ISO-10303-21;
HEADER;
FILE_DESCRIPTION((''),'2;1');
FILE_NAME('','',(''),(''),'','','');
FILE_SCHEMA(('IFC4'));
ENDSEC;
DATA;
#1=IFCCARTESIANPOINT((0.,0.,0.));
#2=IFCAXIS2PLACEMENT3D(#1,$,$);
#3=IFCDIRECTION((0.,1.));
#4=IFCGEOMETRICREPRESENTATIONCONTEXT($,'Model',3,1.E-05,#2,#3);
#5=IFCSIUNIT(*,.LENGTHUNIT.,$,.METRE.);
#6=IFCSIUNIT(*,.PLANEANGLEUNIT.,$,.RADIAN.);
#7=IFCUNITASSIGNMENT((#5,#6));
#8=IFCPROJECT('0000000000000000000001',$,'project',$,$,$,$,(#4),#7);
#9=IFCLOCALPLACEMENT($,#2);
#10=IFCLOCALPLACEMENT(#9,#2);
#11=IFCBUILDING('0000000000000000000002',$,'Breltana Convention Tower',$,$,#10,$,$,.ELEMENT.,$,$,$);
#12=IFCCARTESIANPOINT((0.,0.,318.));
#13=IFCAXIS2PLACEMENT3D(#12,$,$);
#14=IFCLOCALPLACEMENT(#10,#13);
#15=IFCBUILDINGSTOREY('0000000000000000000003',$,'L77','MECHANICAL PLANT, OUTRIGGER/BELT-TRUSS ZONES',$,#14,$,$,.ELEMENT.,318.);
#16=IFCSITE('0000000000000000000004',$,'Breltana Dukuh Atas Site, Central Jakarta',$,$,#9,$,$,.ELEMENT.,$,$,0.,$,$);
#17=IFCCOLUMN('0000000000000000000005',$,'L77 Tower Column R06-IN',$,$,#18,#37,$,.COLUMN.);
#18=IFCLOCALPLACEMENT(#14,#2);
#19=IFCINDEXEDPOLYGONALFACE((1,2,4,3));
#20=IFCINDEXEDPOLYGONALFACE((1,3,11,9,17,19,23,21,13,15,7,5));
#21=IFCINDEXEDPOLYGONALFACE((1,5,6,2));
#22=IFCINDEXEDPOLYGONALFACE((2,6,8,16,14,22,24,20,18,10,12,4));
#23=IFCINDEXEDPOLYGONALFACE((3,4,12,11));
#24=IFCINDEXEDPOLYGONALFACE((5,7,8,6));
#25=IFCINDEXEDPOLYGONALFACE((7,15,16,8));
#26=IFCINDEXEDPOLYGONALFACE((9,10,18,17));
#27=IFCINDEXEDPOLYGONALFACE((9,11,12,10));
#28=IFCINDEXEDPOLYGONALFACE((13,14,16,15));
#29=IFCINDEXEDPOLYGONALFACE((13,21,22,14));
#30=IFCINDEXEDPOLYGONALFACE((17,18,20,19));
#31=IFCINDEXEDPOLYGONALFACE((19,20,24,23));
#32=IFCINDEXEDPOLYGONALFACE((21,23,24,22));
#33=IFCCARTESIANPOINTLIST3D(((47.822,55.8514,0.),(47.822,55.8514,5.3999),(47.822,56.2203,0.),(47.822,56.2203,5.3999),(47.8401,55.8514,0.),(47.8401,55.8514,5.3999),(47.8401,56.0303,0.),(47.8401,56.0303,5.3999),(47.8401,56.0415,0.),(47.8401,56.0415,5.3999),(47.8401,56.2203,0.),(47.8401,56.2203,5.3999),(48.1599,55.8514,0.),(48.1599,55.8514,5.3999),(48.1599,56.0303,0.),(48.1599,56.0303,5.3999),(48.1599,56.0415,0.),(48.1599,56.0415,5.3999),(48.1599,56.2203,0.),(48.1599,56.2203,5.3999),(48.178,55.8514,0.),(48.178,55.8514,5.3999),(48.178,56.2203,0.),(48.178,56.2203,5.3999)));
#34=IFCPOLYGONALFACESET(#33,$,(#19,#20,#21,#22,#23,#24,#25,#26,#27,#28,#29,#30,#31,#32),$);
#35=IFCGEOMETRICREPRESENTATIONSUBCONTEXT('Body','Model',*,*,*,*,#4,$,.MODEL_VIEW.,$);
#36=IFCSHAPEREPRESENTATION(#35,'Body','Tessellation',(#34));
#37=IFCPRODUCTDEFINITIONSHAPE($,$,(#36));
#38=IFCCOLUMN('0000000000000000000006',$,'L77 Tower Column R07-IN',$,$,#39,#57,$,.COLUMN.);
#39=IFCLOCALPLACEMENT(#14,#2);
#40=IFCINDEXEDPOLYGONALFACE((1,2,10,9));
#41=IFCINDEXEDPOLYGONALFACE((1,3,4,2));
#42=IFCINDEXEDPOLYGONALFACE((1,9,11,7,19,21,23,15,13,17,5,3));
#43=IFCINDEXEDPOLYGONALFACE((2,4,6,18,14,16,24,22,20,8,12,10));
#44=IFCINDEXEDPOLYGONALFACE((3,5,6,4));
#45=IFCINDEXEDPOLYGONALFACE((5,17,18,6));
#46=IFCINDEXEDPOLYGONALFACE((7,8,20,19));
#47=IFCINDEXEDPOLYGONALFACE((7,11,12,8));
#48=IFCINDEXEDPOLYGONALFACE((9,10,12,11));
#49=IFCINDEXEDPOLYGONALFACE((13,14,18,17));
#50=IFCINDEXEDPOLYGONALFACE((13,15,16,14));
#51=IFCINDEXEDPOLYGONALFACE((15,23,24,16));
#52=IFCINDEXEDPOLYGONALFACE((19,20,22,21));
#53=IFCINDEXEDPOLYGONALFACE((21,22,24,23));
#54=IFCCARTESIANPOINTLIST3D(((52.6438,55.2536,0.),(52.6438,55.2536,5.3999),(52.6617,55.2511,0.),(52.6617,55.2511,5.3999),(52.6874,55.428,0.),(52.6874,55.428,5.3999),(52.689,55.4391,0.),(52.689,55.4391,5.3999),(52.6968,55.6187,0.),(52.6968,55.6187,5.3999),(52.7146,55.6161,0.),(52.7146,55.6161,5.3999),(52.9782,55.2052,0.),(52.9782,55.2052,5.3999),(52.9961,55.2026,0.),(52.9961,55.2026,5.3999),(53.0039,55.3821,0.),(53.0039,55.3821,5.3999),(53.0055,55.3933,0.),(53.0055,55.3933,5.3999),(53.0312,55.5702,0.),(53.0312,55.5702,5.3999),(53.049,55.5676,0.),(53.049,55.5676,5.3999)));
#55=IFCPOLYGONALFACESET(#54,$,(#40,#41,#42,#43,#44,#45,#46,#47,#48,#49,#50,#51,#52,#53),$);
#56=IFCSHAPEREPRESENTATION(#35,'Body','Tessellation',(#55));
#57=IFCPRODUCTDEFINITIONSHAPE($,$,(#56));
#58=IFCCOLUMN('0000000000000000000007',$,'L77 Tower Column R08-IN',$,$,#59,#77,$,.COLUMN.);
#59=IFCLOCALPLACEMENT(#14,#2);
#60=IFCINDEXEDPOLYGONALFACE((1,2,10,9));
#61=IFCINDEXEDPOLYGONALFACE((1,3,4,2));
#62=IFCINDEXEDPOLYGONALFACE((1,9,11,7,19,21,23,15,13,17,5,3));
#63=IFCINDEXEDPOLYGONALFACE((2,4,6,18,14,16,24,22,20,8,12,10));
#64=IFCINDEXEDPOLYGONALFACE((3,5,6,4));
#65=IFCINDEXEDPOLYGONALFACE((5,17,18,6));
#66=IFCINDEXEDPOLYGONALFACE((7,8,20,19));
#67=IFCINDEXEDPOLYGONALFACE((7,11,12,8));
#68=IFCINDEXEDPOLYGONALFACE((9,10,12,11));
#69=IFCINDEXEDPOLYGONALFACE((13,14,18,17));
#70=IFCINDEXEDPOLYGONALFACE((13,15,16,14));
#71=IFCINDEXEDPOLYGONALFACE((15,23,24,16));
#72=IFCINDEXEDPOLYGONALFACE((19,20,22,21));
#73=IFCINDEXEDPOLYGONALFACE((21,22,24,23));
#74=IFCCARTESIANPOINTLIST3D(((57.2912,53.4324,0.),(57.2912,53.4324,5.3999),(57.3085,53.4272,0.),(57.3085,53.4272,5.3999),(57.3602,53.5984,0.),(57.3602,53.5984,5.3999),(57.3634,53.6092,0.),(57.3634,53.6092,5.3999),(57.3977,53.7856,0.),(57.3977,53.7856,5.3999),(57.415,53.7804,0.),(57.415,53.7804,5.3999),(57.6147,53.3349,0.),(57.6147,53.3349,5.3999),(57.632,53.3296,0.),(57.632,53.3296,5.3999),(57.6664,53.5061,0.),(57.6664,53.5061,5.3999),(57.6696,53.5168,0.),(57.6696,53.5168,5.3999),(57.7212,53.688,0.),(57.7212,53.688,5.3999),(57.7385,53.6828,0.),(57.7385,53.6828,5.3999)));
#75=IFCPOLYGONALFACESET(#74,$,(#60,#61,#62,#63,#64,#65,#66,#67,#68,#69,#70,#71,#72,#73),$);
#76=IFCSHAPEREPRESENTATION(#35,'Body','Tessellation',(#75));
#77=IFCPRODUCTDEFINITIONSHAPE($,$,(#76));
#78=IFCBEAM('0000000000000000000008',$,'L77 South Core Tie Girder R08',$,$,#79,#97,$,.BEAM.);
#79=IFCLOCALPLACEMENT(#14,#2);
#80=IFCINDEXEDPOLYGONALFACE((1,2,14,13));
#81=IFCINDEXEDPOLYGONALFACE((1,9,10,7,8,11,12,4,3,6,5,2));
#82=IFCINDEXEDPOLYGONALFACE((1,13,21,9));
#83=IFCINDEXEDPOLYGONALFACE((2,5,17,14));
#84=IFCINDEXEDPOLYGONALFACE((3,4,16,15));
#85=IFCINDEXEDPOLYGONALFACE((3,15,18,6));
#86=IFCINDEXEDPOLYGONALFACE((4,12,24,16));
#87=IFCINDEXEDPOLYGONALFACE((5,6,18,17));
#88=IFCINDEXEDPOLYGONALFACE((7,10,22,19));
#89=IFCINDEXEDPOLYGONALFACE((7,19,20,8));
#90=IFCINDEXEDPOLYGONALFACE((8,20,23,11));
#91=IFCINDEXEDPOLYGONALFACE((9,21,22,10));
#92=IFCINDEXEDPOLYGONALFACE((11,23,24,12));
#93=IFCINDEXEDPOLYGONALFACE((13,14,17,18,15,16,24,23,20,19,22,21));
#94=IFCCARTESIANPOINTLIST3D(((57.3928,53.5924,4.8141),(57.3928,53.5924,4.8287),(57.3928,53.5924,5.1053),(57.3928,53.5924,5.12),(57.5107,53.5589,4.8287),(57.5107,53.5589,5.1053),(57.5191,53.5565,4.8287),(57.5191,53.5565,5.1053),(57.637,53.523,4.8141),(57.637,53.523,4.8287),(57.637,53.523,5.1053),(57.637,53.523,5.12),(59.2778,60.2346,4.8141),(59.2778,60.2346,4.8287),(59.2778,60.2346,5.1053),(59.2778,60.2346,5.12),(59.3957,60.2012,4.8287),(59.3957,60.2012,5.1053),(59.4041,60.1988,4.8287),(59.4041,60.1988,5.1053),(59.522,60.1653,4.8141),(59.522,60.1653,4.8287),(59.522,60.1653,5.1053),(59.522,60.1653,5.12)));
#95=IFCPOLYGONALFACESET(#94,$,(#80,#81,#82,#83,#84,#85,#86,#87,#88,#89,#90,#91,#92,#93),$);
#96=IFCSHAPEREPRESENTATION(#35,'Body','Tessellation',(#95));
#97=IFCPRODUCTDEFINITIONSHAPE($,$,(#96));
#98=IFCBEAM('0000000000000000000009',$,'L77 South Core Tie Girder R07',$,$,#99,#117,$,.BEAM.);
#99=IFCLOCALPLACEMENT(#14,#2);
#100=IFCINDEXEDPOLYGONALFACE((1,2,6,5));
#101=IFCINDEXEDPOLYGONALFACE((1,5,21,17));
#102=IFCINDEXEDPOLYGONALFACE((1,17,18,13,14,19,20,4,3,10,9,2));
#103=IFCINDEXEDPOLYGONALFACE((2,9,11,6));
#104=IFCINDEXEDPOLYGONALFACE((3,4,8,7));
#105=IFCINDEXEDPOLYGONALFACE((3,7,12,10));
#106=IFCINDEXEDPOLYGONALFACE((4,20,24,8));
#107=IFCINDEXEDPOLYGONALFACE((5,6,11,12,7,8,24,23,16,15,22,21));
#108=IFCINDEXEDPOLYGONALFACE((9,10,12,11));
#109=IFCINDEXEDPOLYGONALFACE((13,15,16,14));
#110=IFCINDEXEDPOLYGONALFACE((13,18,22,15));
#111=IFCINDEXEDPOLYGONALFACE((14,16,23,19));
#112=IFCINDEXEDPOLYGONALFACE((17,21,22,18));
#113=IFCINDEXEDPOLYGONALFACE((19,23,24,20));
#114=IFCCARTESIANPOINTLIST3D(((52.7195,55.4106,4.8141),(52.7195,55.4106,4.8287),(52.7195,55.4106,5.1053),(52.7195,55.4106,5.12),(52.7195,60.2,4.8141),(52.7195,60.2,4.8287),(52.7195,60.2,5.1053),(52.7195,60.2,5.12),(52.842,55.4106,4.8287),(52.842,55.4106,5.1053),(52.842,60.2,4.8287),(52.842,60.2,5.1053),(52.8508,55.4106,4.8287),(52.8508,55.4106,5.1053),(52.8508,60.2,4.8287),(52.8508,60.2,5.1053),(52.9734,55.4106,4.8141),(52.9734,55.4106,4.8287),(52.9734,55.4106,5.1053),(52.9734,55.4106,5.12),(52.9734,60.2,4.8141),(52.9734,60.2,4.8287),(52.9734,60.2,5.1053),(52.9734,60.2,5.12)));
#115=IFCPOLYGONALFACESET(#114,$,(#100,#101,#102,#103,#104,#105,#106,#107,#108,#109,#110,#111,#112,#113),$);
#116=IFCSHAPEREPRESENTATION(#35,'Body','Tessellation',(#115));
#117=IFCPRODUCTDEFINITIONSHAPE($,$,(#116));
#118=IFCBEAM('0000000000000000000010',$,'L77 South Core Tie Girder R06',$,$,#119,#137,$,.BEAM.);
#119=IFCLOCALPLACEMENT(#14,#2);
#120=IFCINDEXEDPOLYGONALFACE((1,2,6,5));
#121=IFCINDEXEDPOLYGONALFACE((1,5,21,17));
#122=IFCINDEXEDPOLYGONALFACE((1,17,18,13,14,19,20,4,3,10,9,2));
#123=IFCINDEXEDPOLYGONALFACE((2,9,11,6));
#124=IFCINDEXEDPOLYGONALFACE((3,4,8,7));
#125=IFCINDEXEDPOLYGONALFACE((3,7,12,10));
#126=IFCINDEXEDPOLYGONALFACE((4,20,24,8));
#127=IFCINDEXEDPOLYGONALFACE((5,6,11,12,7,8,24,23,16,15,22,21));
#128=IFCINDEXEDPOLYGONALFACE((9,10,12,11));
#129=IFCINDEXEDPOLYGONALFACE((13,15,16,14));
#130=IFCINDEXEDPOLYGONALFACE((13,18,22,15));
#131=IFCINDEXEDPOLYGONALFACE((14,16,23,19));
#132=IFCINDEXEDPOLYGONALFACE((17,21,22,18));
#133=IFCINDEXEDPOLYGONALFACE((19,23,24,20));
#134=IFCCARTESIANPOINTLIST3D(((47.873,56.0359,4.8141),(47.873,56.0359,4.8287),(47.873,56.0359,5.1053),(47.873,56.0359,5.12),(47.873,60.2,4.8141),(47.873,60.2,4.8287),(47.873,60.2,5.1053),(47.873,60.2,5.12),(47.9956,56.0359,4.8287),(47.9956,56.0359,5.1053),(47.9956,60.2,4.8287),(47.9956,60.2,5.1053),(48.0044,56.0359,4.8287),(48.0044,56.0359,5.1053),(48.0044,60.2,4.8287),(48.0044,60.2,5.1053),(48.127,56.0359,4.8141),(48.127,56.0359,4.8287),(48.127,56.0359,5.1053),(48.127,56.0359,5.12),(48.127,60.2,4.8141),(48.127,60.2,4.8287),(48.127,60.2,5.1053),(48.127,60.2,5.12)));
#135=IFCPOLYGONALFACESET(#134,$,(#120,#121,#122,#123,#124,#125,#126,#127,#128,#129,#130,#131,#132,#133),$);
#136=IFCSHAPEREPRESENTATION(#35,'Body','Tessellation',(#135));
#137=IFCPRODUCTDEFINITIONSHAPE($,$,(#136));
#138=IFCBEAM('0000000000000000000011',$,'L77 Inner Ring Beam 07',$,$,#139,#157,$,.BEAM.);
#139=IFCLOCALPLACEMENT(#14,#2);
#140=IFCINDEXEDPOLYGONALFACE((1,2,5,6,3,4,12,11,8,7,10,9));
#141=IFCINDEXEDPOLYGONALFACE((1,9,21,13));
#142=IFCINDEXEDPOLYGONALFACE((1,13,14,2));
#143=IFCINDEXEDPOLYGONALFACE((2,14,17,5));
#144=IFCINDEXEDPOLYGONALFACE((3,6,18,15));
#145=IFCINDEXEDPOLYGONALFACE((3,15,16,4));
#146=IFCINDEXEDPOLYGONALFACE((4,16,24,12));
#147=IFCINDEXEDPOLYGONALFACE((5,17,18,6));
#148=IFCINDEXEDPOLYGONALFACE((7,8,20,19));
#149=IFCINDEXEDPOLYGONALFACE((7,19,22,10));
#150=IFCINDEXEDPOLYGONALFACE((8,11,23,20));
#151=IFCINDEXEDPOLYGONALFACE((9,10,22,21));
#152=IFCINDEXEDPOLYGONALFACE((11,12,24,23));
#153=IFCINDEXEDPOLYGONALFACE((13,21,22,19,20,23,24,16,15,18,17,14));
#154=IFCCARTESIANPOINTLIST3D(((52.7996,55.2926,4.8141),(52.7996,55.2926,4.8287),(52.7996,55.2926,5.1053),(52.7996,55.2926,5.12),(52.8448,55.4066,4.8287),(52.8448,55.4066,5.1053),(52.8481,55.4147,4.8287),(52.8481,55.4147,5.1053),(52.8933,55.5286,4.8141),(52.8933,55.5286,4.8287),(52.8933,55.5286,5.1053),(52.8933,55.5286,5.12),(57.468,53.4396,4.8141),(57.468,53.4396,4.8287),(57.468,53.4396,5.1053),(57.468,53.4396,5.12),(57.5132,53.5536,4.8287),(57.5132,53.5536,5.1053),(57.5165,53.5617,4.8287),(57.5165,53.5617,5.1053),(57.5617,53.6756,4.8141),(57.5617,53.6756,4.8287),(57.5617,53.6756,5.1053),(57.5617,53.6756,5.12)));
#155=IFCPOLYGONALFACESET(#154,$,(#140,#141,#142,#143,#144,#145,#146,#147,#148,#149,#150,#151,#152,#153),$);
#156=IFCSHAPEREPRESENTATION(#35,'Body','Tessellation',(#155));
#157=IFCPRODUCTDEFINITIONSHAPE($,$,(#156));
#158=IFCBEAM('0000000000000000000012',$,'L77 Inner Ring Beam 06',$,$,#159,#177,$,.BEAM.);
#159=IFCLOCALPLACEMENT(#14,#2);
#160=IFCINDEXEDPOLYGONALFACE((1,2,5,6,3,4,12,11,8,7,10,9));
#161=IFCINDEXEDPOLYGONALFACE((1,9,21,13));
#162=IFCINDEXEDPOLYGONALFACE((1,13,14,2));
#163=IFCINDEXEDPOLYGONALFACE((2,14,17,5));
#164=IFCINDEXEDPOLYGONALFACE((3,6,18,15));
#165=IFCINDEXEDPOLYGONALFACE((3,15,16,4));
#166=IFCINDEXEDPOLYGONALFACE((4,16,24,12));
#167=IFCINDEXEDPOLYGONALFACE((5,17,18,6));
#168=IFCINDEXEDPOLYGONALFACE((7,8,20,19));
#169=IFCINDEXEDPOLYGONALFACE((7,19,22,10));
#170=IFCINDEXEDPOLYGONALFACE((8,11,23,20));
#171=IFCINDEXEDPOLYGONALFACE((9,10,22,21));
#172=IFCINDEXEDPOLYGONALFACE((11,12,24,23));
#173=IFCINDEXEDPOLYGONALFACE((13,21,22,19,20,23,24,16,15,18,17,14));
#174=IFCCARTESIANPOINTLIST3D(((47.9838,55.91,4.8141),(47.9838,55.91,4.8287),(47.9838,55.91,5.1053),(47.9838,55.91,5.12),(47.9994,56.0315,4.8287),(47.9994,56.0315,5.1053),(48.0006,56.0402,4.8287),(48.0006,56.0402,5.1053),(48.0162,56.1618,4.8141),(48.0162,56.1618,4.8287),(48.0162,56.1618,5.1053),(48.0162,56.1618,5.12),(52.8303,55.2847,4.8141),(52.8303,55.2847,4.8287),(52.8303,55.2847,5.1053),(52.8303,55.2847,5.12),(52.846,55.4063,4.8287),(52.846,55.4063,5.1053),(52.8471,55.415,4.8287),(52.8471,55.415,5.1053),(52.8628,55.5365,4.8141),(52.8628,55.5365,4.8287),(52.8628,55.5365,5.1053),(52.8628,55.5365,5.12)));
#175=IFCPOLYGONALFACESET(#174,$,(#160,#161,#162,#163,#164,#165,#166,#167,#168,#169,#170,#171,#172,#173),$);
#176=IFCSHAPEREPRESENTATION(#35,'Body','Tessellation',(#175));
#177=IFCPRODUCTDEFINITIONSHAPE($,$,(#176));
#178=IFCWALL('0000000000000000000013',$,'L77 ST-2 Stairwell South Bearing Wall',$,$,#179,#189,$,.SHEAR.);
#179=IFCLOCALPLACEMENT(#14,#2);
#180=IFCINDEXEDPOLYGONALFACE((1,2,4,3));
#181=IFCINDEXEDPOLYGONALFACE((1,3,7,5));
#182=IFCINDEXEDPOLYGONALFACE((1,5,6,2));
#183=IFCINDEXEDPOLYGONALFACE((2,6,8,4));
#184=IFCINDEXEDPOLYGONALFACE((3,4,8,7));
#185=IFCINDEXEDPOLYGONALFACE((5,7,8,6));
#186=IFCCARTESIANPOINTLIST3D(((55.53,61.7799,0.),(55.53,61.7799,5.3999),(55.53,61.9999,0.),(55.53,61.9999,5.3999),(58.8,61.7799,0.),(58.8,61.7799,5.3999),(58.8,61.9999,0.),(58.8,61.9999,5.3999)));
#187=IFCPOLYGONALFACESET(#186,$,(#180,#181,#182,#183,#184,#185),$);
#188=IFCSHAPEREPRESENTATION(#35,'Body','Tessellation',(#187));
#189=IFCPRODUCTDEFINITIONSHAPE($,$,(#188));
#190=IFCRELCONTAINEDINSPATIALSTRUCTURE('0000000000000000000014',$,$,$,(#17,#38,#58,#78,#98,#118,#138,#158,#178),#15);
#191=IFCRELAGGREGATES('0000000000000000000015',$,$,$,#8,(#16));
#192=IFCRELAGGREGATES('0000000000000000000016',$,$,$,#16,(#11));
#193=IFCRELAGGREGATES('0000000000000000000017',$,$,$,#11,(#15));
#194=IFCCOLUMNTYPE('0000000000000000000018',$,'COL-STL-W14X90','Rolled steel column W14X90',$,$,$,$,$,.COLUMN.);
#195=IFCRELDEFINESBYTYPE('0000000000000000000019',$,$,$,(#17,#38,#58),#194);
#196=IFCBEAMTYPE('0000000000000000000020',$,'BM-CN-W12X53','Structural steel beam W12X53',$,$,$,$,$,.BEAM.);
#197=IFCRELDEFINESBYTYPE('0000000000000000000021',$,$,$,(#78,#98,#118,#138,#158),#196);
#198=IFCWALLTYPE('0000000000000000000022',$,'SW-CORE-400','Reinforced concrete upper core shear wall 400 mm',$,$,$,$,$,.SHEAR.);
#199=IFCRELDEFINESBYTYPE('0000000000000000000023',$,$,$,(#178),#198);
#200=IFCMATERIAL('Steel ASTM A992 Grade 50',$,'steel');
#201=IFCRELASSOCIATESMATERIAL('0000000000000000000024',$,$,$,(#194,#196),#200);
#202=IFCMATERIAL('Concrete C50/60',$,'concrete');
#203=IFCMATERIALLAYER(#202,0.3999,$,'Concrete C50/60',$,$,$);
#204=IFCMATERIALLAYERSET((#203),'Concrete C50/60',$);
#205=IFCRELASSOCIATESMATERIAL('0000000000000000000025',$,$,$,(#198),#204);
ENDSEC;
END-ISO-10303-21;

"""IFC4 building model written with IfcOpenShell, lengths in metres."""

from ifc_helpers import new_model, si_unit, direction, frame, frame_2d, origin, origin_2d, place, context, subcontext, project, spatial, rectangle, i_section, extrude, source, transform, mapped, material, layer, layer_set, material_profile, profile_set, type_object, element, save


model = new_model("IFC4")

# Units and contexts
model_context = context("Model", 3, precision=1e-05, world=origin(), true_north=direction((0.0, 1.0)))
body_context = subcontext(model_context, "Body", "Model", "MODEL_VIEW")
ifc_project = project(units=[si_unit("LENGTHUNIT", "METRE"), si_unit("PLANEANGLEUNIT", "RADIAN")], contexts=[model_context])

# Site, building, storey
site_placement = place(None, origin())
site = spatial("IfcSite", under=ifc_project, at=site_placement, Name="Breltana Dukuh Atas Site, Central Jakarta", CompositionType="ELEMENT", RefElevation=0.0)
building_placement = place(site_placement, origin())
building = spatial("IfcBuilding", under=site, at=building_placement, Name="Breltana Convention Tower", CompositionType="ELEMENT")
storey_placement = place(building_placement, frame((0.0, 0.0, 318.0)))
storey = spatial("IfcBuildingStorey", under=building, at=storey_placement, Name="L77", Description="MECHANICAL PLANT, OUTRIGGER/BELT-TRUSS ZONES", CompositionType="ELEMENT", Elevation=318.0)

# Columns
ifc_material_1 = material(Name="Steel ASTM A992 Grade 50", Category="steel")
ifc_material_profile_1 = material_profile(ifc_material_1, i_section(OverallWidth=0.3689, OverallDepth=0.356, WebThickness=0.0112, FlangeThickness=0.0181, at=origin_2d()), Name="W14X90")
ifc_profile_set_1 = profile_set([ifc_material_profile_1], Name="Steel ASTM A992 Grade 50")
column_type = type_object("IfcColumnType", Name="COL-STL-W14X90", Description="Rolled steel column W14X90", PredefinedType="COLUMN", material=ifc_profile_set_1)
shared_shape_1 = source(origin(), body_context, "Body", "SweptSolid", [
    extrude(i_section(OverallWidth=0.3689, OverallDepth=0.356, WebThickness=0.0112, FlangeThickness=0.0181, at=origin_2d()), origin(), (0.0, 0.0, 1.0), 5.3999),
])
for number, where, z_axis, x_axis, name in (
    (1, (48.0, 56.0359, 0.0), (0.0, 0.0, 1.0), (0.0, 1.0, 0.0), "L77 Tower Column R06-IN"),
    (2, (52.8464, 55.4106, 0.0), (0.0, 0.0, 1.0), (0.143493, 0.989651, 0.0), "L77 Tower Column R07-IN"),
    (3, (57.5149, 53.5576, 0.0), (0.0, 0.0, 1.0), (0.288698, 0.95742, 0.0), "L77 Tower Column R08-IN"),
):
    element("IfcColumn", number, at=place(storey_placement, frame(where, z_axis=z_axis, x_axis=x_axis)), inside=storey, type_object=column_type, Name=name, PredefinedType="COLUMN", context=body_context, shape_type="MappedRepresentation", body=[
        mapped(shared_shape_1, transform((0.0, 0.0, 0.0), scale=1.0)),
    ])

# Beams
ifc_material_profile_2 = material_profile(ifc_material_1, i_section(OverallWidth=0.2539, OverallDepth=0.3059, WebThickness=0.0088, FlangeThickness=0.0146, at=origin_2d()), Name="W12X53")
ifc_profile_set_2 = profile_set([ifc_material_profile_2], Name="Steel ASTM A992 Grade 50")
beam_type = type_object("IfcBeamType", Name="BM-CN-W12X53", Description="Structural steel beam W12X53", PredefinedType="BEAM", material=ifc_profile_set_2)
shared_shape_2 = source(origin(), body_context, "Body", "SweptSolid", [
    extrude(i_section(OverallWidth=0.2539, OverallDepth=0.3059, WebThickness=0.0088, FlangeThickness=0.0146, at=origin_2d()), origin(), (0.0, 0.0, 1.0), 6.9045),
])
beam_1_placement = place(storey_placement, frame((59.3999, 60.2, 4.967), z_axis=(-0.273007, -0.962012, 0.0), x_axis=(0.962012, -0.273007, 0.0)))
element("IfcBeam", 4, at=beam_1_placement, inside=storey, type_object=beam_type, Name="L77 South Core Tie Girder R08", PredefinedType="BEAM", context=body_context, shape_type="MappedRepresentation", body=[
    mapped(shared_shape_2, transform((0.0, 0.0, 0.0), scale=1.0)),
])
shared_shape_3 = source(origin(), body_context, "Body", "SweptSolid", [
    extrude(i_section(OverallWidth=0.2539, OverallDepth=0.3059, WebThickness=0.0088, FlangeThickness=0.0146, at=origin_2d()), origin(), (0.0, 0.0, 1.0), 4.7893),
])
beam_2_placement = place(storey_placement, frame((52.8464, 60.2, 4.967), z_axis=(0.0, -1.0, 0.0), x_axis=(1.0, 0.0, 0.0)))
element("IfcBeam", 5, at=beam_2_placement, inside=storey, type_object=beam_type, Name="L77 South Core Tie Girder R07", PredefinedType="BEAM", context=body_context, shape_type="MappedRepresentation", body=[
    mapped(shared_shape_3, transform((0.0, 0.0, 0.0), scale=1.0)),
])
shared_shape_4 = source(origin(), body_context, "Body", "SweptSolid", [
    extrude(i_section(OverallWidth=0.2539, OverallDepth=0.3059, WebThickness=0.0088, FlangeThickness=0.0146, at=origin_2d()), origin(), (0.0, 0.0, 1.0), 4.1641),
])
beam_3_placement = place(storey_placement, frame((48.0, 60.2, 4.967), z_axis=(0.0, -1.0, 0.0), x_axis=(1.0, 0.0, 0.0)))
element("IfcBeam", 6, at=beam_3_placement, inside=storey, type_object=beam_type, Name="L77 South Core Tie Girder R06", PredefinedType="BEAM", context=body_context, shape_type="MappedRepresentation", body=[
    mapped(shared_shape_4, transform((0.0, 0.0, 0.0), scale=1.0)),
])
shared_shape_5 = source(origin(), body_context, "Body", "SweptSolid", [
    extrude(i_section(OverallWidth=0.2539, OverallDepth=0.3059, WebThickness=0.0088, FlangeThickness=0.0146, at=origin_2d()), origin(), (0.0, 0.0, 1.0), 5.0227),
])
beam_4_placement = place(storey_placement, frame((52.8464, 55.4106, 4.967), z_axis=(0.929459, -0.368926, 0.0), x_axis=(0.368926, 0.929459, 0.0)))
element("IfcBeam", 7, at=beam_4_placement, inside=storey, type_object=beam_type, Name="L77 Inner Ring Beam 07", PredefinedType="BEAM", context=body_context, shape_type="MappedRepresentation", body=[
    mapped(shared_shape_5, transform((0.0, 0.0, 0.0), scale=1.0)),
])
shared_shape_6 = source(origin(), body_context, "Body", "SweptSolid", [
    extrude(i_section(OverallWidth=0.2539, OverallDepth=0.3059, WebThickness=0.0088, FlangeThickness=0.0146, at=origin_2d()), origin(), (0.0, 0.0, 1.0), 4.8867),
])
beam_5_placement = place(storey_placement, frame((48.0, 56.0359, 4.967), z_axis=(0.991781, -0.127951, 0.0), x_axis=(0.127951, 0.991781, 0.0)))
element("IfcBeam", 8, at=beam_5_placement, inside=storey, type_object=beam_type, Name="L77 Inner Ring Beam 06", PredefinedType="BEAM", context=body_context, shape_type="MappedRepresentation", body=[
    mapped(shared_shape_6, transform((0.0, 0.0, 0.0), scale=1.0)),
])

# Wall
ifc_material_2 = material(Name="Concrete C50/60", Category="concrete")
ifc_layer_1 = layer(ifc_material_2, 0.3999, Name="Concrete C50/60")
ifc_layer_set_1 = layer_set([ifc_layer_1], Name="Concrete C50/60")
wall_type_1 = type_object("IfcWallType", Name="SW-CORE-400", Description="Reinforced concrete upper core shear wall 400 mm", PredefinedType="SHEAR", material=ifc_layer_set_1)
shared_shape_7 = source(origin(), body_context, "Body", "SweptSolid", [
    extrude(rectangle(XDim=3.27, YDim=0.22, at=frame_2d((1.635, 0.0))), origin(), (0.0, 0.0, 1.0), 5.3999),
])
wall_1_placement = place(storey_placement, frame((55.53, 61.8899, 0.0), z_axis=(0.0, 0.0, 1.0), x_axis=(1.0, 0.0, 0.0)))
element("IfcWall", 9, at=wall_1_placement, inside=storey, type_object=wall_type_1, Name="L77 ST-2 Stairwell South Bearing Wall", PredefinedType="SHEAR", context=body_context, shape_type="MappedRepresentation", body=[
    mapped(shared_shape_7, transform((0.0, 0.0, 0.0), scale=1.0)),
])

save(model, "model.ifc")
